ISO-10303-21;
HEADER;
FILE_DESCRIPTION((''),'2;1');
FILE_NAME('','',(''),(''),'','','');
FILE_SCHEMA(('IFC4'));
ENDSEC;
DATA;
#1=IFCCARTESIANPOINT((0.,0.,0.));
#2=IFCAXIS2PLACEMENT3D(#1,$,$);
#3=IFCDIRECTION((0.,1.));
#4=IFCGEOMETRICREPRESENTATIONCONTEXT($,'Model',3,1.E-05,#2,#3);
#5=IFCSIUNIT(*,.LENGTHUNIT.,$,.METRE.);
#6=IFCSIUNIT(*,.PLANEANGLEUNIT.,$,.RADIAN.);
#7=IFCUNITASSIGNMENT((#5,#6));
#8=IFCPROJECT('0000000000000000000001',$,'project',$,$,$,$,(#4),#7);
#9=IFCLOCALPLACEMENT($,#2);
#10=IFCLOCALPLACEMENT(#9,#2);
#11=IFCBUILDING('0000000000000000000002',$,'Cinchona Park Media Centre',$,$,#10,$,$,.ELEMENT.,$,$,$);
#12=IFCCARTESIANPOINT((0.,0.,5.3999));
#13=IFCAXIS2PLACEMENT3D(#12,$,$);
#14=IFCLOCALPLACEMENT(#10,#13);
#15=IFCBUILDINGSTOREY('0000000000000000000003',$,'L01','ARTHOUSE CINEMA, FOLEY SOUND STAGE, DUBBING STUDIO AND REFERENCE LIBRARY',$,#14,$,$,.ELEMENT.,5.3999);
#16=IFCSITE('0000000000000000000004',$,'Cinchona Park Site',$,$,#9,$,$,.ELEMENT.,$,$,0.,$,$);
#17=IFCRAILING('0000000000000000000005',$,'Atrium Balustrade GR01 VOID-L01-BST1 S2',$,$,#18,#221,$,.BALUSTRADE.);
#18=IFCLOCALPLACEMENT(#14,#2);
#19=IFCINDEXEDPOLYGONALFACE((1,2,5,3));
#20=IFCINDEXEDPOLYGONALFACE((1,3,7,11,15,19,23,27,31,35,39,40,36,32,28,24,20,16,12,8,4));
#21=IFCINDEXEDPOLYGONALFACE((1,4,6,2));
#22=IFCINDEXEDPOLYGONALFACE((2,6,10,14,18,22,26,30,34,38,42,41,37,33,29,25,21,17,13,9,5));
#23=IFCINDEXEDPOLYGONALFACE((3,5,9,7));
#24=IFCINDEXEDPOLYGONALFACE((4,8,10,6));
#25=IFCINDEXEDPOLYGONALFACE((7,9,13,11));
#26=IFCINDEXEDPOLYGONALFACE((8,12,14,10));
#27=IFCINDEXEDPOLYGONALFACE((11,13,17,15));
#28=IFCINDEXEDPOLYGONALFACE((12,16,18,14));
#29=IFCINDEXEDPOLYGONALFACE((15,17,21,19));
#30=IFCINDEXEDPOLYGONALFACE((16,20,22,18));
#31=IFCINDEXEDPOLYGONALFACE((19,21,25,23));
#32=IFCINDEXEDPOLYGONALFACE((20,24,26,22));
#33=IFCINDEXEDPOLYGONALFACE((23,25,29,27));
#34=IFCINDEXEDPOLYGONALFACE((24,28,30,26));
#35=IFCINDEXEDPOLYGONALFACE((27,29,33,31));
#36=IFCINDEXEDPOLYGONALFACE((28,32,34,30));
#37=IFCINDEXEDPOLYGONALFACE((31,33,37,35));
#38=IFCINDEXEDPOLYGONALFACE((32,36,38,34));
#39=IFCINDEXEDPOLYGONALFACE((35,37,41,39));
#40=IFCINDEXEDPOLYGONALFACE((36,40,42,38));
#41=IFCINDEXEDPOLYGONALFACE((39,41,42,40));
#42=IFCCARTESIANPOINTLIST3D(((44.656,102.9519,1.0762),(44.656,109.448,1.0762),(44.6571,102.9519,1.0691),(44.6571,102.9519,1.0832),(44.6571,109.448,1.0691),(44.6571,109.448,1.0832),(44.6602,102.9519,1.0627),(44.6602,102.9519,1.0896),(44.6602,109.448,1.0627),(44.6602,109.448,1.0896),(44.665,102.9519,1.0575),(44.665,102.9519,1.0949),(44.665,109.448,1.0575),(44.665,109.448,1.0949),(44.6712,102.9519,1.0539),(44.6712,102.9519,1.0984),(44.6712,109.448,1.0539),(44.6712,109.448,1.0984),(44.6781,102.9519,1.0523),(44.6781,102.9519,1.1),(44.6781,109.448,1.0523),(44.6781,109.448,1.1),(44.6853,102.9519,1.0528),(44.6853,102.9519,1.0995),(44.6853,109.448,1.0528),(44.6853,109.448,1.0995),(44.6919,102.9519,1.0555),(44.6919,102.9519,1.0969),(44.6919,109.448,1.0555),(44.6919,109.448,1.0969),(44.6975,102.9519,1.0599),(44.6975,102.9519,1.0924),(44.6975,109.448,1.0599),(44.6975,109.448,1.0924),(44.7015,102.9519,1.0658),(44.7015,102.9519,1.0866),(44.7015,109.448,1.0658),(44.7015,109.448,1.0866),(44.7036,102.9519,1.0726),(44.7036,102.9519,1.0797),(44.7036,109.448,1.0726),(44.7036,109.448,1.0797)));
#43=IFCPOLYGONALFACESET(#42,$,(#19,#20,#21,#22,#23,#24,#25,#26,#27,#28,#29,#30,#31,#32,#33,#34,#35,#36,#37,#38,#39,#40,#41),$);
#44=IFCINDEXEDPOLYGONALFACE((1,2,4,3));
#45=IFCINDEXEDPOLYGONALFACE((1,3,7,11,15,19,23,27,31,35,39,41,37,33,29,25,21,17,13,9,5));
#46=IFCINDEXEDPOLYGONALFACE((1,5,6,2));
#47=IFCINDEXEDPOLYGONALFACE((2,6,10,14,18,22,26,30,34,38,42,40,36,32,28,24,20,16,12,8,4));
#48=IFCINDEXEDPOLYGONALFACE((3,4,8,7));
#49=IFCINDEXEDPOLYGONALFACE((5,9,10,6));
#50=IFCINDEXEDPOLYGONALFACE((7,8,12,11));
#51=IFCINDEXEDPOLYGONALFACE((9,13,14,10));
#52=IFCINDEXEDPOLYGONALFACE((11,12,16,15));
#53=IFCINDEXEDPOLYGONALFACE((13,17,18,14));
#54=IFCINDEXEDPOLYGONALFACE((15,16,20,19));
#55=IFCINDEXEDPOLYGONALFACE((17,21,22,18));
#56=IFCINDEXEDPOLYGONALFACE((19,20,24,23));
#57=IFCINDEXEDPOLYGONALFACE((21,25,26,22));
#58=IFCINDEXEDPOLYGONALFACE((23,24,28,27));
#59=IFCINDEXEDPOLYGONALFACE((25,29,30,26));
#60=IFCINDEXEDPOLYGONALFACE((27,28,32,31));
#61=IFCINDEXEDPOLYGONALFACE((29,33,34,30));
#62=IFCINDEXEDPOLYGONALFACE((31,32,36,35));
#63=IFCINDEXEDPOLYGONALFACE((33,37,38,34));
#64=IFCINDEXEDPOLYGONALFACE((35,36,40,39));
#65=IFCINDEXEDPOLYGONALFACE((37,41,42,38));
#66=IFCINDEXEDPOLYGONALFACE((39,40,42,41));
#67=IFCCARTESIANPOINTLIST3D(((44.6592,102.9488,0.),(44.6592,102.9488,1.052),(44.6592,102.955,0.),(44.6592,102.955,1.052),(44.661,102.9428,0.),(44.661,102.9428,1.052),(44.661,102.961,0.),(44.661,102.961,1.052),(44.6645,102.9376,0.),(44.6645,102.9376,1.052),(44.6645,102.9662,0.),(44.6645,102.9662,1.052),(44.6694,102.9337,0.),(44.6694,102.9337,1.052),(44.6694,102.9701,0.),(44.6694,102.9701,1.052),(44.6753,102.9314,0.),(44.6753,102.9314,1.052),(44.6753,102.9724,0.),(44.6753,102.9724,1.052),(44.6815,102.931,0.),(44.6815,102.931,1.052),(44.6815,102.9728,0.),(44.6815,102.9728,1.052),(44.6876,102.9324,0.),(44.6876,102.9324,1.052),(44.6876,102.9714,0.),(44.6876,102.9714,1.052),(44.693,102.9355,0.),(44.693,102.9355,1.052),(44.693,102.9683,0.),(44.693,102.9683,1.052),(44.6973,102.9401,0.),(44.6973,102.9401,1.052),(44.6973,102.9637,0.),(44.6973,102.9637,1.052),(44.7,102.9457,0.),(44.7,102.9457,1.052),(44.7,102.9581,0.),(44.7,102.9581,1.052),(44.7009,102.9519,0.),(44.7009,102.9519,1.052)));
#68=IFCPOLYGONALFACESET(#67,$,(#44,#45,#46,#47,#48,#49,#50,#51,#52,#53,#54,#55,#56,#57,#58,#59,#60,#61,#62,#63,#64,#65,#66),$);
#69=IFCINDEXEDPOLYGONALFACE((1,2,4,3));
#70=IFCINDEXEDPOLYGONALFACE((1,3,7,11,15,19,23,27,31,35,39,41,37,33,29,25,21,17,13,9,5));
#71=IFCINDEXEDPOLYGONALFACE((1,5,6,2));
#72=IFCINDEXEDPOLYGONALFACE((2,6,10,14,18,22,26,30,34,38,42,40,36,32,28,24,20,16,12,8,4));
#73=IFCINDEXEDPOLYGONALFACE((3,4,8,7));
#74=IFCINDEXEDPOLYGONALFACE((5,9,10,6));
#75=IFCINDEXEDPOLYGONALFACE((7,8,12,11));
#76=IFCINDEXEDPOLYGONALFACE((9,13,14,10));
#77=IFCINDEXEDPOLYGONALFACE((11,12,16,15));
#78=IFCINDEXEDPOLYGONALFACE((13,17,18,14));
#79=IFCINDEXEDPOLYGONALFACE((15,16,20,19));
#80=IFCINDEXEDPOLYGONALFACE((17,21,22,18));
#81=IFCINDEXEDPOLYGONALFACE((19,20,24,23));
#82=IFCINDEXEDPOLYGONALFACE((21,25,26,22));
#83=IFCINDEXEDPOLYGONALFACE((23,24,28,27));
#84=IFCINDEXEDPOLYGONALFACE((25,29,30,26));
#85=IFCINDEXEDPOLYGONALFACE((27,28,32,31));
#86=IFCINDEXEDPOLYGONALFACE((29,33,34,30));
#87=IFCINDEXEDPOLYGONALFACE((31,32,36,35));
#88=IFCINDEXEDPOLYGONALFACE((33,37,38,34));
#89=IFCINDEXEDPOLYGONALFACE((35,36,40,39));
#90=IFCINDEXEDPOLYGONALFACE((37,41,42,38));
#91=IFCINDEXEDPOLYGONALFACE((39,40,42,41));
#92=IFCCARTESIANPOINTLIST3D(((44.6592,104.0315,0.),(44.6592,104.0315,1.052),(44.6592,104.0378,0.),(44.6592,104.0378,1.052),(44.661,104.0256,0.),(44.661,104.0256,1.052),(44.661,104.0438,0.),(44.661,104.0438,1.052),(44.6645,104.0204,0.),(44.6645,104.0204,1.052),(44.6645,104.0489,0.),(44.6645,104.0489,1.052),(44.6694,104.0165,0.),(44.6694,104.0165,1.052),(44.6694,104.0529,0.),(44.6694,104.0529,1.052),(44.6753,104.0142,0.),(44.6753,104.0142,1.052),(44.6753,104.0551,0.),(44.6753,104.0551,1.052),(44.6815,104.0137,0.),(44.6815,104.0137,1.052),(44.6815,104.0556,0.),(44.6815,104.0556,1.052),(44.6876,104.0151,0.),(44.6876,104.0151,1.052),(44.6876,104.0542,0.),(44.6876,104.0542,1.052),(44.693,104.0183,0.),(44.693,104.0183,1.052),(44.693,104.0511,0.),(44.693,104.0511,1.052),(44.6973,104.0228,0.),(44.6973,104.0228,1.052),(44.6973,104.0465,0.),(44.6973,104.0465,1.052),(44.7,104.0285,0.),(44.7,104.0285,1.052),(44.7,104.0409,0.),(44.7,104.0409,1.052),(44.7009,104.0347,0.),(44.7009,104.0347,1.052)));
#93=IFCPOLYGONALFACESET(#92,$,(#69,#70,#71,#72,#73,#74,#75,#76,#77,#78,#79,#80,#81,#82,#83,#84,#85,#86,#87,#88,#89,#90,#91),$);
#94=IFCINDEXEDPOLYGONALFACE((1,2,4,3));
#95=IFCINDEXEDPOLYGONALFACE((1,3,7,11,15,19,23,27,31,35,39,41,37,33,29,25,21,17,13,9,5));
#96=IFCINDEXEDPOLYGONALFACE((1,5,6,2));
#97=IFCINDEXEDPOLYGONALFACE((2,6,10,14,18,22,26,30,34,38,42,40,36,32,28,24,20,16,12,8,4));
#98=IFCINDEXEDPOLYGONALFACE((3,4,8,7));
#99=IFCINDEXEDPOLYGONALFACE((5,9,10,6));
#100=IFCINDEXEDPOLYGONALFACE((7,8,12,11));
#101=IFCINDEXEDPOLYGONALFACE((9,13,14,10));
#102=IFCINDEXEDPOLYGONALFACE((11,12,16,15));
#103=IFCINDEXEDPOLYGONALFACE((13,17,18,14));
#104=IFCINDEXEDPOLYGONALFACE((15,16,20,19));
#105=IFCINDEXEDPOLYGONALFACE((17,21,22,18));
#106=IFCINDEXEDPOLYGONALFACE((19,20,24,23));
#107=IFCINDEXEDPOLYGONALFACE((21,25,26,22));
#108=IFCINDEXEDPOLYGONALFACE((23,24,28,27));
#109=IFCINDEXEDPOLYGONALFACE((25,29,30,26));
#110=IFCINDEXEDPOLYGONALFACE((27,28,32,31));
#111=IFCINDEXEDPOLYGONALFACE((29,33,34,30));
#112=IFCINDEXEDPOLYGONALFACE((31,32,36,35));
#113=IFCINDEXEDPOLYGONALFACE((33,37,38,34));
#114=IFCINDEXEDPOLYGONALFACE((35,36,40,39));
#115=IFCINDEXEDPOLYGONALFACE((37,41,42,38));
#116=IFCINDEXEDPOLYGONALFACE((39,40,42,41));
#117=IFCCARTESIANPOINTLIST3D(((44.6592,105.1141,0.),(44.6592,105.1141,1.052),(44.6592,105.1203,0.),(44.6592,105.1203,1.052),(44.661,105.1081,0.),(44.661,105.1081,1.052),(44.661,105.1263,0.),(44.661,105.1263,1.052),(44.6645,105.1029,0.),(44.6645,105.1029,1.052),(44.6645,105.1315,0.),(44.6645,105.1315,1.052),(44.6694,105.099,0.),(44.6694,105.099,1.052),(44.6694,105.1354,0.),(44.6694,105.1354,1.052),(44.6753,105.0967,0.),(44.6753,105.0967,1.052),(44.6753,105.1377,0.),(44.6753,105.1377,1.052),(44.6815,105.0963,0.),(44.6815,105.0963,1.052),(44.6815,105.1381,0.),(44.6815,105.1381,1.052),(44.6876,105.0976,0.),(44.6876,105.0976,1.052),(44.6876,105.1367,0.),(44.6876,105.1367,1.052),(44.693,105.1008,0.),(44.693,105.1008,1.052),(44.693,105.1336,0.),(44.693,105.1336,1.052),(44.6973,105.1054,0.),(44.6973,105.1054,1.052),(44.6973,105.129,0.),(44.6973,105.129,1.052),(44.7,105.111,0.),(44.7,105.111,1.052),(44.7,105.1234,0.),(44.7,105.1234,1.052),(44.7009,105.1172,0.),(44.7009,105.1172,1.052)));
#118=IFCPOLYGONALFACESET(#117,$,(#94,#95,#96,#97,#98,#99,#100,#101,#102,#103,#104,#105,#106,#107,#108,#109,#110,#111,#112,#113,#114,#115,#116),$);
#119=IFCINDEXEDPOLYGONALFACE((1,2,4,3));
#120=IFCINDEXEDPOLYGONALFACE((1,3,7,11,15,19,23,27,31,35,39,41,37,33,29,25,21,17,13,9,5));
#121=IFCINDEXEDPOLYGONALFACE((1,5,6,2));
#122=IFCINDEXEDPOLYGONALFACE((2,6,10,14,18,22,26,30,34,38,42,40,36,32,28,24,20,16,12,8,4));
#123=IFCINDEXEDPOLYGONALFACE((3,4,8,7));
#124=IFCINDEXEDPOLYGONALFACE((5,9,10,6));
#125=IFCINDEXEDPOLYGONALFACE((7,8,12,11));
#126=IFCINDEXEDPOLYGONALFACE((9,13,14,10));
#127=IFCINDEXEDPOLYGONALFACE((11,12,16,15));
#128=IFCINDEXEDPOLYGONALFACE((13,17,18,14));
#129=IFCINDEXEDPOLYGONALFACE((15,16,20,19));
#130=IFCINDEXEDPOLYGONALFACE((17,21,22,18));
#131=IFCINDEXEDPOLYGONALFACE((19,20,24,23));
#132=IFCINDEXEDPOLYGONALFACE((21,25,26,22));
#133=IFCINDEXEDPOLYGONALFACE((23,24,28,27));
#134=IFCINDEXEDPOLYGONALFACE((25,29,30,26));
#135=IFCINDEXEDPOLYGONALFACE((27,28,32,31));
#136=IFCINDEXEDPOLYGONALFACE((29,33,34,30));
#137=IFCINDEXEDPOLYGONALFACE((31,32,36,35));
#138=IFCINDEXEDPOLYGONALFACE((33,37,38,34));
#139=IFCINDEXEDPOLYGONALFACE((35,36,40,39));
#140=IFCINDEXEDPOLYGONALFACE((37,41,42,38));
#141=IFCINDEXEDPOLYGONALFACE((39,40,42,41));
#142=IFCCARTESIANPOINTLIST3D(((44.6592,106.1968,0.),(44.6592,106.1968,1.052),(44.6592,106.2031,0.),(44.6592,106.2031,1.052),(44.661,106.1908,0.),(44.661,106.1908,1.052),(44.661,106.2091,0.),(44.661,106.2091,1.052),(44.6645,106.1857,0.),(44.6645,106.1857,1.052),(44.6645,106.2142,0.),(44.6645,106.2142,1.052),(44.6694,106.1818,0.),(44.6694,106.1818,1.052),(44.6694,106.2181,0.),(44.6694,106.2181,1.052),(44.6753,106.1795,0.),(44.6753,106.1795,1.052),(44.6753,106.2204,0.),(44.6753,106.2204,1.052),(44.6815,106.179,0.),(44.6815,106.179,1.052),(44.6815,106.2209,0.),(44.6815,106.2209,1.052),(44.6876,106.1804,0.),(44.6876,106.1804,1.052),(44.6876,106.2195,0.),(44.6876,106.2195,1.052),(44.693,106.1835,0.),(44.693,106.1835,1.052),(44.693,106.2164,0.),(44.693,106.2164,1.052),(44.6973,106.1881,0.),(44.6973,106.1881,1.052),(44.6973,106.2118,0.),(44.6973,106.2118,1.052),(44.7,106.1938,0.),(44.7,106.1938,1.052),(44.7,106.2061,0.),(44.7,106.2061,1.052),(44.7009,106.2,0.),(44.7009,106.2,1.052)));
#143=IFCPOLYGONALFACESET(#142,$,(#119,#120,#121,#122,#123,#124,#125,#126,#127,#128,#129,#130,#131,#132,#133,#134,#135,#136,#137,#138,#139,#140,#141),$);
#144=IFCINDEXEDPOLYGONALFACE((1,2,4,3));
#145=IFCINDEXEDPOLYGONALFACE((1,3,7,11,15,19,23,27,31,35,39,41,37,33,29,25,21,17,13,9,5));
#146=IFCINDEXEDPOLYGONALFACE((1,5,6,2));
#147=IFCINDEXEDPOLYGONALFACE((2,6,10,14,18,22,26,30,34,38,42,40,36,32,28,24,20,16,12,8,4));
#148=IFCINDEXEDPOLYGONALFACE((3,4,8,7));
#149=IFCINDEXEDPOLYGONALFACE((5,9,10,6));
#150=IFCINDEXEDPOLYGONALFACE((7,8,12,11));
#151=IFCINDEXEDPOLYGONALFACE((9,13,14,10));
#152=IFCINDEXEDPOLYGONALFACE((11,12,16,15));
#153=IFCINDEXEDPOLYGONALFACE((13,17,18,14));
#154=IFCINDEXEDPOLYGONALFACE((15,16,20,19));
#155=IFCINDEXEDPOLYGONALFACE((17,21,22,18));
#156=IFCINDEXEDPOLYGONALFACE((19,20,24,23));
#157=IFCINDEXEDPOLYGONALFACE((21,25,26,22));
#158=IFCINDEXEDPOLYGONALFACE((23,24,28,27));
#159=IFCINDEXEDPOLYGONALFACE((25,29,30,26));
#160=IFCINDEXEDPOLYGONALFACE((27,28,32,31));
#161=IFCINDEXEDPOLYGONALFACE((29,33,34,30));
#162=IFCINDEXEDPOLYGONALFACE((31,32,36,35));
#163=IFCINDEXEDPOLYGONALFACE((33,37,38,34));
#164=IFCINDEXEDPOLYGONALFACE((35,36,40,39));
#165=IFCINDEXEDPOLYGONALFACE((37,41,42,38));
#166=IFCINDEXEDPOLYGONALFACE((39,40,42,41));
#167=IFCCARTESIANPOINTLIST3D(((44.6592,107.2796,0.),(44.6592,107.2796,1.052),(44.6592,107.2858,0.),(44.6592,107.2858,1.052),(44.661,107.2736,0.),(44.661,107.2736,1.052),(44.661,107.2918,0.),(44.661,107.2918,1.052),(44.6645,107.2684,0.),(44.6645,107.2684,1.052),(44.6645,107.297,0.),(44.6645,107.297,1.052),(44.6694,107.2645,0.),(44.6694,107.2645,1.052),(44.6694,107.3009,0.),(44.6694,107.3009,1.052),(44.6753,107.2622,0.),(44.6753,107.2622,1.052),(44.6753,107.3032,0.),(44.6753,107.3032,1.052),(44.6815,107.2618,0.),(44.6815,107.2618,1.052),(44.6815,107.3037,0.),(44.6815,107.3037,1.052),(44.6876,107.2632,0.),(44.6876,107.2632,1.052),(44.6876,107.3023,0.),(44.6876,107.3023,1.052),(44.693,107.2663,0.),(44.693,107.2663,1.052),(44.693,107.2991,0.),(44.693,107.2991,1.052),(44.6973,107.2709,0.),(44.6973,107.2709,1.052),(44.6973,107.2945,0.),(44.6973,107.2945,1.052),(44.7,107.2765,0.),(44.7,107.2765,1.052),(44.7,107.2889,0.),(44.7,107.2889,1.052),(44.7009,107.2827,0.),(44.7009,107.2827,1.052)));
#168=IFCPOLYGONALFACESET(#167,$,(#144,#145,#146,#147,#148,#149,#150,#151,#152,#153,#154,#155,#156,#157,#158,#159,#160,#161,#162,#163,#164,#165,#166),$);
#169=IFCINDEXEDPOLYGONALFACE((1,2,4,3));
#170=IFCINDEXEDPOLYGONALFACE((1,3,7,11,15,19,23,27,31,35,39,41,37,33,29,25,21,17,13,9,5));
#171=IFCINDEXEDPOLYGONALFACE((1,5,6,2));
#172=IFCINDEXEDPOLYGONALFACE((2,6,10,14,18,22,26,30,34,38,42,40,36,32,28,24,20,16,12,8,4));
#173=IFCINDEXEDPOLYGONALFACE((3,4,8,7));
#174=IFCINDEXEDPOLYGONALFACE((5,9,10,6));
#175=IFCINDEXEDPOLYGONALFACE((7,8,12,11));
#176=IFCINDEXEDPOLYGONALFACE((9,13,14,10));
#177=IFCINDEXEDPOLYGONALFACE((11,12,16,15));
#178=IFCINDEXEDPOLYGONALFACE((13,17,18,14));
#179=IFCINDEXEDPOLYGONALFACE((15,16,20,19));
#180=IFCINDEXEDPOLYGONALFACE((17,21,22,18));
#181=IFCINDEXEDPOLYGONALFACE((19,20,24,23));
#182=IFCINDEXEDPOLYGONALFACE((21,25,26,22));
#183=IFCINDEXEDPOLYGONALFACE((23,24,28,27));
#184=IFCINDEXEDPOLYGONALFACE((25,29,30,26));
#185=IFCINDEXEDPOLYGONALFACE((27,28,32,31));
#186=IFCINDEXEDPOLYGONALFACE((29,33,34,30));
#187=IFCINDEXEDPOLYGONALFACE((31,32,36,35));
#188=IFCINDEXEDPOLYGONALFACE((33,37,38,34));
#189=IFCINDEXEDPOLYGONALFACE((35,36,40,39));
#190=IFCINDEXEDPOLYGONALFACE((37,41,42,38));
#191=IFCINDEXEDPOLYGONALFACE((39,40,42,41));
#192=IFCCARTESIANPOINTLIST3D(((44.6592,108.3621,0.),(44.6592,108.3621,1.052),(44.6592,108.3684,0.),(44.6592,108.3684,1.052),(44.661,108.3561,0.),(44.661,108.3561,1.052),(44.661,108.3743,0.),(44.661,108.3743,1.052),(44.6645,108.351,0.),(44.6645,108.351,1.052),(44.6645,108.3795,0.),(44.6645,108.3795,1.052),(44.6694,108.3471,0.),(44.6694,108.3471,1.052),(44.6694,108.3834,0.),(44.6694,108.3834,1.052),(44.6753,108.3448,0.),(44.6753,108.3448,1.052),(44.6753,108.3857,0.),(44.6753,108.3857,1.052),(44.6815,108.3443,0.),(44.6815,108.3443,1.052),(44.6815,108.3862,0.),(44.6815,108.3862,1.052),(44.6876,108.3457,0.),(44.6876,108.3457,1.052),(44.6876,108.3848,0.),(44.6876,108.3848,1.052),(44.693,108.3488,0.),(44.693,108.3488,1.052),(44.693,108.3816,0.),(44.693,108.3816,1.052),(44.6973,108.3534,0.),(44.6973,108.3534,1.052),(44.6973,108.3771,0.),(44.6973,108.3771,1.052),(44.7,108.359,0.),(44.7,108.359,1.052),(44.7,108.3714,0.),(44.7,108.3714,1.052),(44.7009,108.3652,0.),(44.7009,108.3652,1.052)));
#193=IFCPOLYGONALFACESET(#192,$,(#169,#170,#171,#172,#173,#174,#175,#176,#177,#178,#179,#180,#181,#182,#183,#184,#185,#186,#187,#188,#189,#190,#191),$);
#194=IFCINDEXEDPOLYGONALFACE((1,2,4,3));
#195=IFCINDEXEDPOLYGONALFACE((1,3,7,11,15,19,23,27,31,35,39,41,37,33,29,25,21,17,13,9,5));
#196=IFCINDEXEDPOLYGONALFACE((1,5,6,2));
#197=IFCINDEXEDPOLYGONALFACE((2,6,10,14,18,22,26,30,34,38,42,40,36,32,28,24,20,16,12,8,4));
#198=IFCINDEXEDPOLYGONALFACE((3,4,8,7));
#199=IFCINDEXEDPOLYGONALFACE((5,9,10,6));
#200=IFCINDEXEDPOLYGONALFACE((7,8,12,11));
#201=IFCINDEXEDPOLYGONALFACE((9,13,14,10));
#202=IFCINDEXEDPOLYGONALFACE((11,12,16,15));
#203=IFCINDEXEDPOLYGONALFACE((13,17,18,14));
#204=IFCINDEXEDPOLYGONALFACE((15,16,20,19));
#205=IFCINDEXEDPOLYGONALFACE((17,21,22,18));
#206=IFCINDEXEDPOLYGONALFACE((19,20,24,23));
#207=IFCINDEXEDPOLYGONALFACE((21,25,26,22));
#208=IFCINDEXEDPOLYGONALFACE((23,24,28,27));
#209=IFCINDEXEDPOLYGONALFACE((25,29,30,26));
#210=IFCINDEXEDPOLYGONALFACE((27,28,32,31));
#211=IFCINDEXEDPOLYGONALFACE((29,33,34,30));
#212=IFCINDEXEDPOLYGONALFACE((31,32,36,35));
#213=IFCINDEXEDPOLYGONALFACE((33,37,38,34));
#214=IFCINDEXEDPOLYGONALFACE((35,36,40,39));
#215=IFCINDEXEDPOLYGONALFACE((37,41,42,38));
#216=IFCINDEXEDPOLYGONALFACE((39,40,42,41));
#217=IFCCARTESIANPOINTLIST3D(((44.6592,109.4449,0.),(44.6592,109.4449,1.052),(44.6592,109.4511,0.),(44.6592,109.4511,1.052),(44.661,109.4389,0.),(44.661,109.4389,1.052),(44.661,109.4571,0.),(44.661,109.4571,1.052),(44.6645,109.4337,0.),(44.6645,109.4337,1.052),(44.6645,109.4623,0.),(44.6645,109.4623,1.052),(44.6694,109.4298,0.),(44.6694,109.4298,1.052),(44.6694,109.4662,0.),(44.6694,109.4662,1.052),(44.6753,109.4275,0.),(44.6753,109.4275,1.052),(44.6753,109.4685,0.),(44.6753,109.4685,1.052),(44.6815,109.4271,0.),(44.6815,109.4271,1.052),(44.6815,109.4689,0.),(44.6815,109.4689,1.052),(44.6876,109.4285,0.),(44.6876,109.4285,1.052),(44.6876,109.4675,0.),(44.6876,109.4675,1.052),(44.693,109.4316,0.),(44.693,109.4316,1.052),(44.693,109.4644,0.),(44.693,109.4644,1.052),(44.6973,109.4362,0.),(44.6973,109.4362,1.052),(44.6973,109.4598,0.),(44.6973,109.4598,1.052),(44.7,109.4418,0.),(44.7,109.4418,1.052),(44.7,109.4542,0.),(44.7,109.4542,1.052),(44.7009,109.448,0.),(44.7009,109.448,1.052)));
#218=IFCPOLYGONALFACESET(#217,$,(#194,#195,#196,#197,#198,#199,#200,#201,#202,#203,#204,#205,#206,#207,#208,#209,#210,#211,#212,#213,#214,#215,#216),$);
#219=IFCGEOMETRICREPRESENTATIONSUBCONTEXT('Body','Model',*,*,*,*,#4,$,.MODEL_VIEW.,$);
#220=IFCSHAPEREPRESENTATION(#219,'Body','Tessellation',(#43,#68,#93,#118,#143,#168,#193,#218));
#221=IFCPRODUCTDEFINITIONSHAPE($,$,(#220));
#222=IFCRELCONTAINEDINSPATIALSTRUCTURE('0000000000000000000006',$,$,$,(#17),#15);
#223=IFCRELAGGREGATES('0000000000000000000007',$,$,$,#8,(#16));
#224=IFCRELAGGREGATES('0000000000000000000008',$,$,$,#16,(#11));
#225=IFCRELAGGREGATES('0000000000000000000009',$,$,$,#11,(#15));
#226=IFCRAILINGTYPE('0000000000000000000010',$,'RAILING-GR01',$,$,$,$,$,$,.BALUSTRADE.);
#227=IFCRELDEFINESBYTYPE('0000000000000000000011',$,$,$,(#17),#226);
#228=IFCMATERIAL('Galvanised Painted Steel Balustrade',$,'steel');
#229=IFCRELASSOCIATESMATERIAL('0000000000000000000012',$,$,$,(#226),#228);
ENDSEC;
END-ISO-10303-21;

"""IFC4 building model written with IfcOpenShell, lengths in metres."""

from ifc_helpers import new_model, si_unit, direction, frame, origin, origin_2d, place, context, subcontext, project, spatial, circle, extrude, material, type_object, element, save


model = new_model("IFC4")

# Units and contexts
model_context = context("Model", 3, precision=1e-05, world=origin(), true_north=direction((0.0, 1.0)))
body_context = subcontext(model_context, "Body", "Model", "MODEL_VIEW")
ifc_project = project(units=[si_unit("LENGTHUNIT", "METRE"), si_unit("PLANEANGLEUNIT", "RADIAN")], contexts=[model_context])

# Site, building, storey
site_placement = place(None, origin())
site = spatial("IfcSite", under=ifc_project, at=site_placement, Name="Cinchona Park Site", CompositionType="ELEMENT", RefElevation=0.0)
building_placement = place(site_placement, origin())
building = spatial("IfcBuilding", under=site, at=building_placement, Name="Cinchona Park Media Centre", CompositionType="ELEMENT")
storey_placement = place(building_placement, frame((0.0, 0.0, 5.3999)))
storey = spatial("IfcBuildingStorey", under=building, at=storey_placement, Name="L01", Description="ARTHOUSE CINEMA, FOLEY SOUND STAGE, DUBBING STUDIO AND REFERENCE LIBRARY", CompositionType="ELEMENT", Elevation=5.3999)

# Railing
ifc_material_1 = material(Name="Galvanised Painted Steel Balustrade", Category="steel")
railing_type = type_object("IfcRailingType", Name="RAILING-GR01", PredefinedType="BALUSTRADE", material=ifc_material_1)
railing_1_placement = place(storey_placement, frame((44.6799, 102.9519, 0.0)))
element("IfcRailing", 1, at=railing_1_placement, inside=storey, type_object=railing_type, Name="Atrium Balustrade GR01 VOID-L01-BST1 S2", PredefinedType="BALUSTRADE", context=body_context, shape_type="SweptSolid", body=[
    extrude(circle(Radius=0.0239, at=origin_2d()), frame((0.0, 0.0, 1.0762), z_axis=(0.0, 1.0, 0.0), x_axis=(-1.0, 0.0, 0.0)), (0.0, 0.0, 1.0), 6.4961),
    extrude(circle(Radius=0.021, at=origin_2d()), origin(), (0.0, 0.0, 1.0), 1.052),
    extrude(circle(Radius=0.021, at=origin_2d()), frame((0.0, 1.0828, 0.0)), (0.0, 0.0, 1.0), 1.052),
    extrude(circle(Radius=0.021, at=origin_2d()), frame((0.0, 2.1653, 0.0)), (0.0, 0.0, 1.0), 1.052),
    extrude(circle(Radius=0.021, at=origin_2d()), frame((0.0, 3.248, 0.0)), (0.0, 0.0, 1.0), 1.052),
    extrude(circle(Radius=0.021, at=origin_2d()), frame((0.0, 4.3308, 0.0)), (0.0, 0.0, 1.0), 1.052),
    extrude(circle(Radius=0.021, at=origin_2d()), frame((0.0, 5.4133, 0.0)), (0.0, 0.0, 1.0), 1.052),
    extrude(circle(Radius=0.021, at=origin_2d()), frame((0.0, 6.4961, 0.0)), (0.0, 0.0, 1.0), 1.052),
])

save(model, "model.ifc")
